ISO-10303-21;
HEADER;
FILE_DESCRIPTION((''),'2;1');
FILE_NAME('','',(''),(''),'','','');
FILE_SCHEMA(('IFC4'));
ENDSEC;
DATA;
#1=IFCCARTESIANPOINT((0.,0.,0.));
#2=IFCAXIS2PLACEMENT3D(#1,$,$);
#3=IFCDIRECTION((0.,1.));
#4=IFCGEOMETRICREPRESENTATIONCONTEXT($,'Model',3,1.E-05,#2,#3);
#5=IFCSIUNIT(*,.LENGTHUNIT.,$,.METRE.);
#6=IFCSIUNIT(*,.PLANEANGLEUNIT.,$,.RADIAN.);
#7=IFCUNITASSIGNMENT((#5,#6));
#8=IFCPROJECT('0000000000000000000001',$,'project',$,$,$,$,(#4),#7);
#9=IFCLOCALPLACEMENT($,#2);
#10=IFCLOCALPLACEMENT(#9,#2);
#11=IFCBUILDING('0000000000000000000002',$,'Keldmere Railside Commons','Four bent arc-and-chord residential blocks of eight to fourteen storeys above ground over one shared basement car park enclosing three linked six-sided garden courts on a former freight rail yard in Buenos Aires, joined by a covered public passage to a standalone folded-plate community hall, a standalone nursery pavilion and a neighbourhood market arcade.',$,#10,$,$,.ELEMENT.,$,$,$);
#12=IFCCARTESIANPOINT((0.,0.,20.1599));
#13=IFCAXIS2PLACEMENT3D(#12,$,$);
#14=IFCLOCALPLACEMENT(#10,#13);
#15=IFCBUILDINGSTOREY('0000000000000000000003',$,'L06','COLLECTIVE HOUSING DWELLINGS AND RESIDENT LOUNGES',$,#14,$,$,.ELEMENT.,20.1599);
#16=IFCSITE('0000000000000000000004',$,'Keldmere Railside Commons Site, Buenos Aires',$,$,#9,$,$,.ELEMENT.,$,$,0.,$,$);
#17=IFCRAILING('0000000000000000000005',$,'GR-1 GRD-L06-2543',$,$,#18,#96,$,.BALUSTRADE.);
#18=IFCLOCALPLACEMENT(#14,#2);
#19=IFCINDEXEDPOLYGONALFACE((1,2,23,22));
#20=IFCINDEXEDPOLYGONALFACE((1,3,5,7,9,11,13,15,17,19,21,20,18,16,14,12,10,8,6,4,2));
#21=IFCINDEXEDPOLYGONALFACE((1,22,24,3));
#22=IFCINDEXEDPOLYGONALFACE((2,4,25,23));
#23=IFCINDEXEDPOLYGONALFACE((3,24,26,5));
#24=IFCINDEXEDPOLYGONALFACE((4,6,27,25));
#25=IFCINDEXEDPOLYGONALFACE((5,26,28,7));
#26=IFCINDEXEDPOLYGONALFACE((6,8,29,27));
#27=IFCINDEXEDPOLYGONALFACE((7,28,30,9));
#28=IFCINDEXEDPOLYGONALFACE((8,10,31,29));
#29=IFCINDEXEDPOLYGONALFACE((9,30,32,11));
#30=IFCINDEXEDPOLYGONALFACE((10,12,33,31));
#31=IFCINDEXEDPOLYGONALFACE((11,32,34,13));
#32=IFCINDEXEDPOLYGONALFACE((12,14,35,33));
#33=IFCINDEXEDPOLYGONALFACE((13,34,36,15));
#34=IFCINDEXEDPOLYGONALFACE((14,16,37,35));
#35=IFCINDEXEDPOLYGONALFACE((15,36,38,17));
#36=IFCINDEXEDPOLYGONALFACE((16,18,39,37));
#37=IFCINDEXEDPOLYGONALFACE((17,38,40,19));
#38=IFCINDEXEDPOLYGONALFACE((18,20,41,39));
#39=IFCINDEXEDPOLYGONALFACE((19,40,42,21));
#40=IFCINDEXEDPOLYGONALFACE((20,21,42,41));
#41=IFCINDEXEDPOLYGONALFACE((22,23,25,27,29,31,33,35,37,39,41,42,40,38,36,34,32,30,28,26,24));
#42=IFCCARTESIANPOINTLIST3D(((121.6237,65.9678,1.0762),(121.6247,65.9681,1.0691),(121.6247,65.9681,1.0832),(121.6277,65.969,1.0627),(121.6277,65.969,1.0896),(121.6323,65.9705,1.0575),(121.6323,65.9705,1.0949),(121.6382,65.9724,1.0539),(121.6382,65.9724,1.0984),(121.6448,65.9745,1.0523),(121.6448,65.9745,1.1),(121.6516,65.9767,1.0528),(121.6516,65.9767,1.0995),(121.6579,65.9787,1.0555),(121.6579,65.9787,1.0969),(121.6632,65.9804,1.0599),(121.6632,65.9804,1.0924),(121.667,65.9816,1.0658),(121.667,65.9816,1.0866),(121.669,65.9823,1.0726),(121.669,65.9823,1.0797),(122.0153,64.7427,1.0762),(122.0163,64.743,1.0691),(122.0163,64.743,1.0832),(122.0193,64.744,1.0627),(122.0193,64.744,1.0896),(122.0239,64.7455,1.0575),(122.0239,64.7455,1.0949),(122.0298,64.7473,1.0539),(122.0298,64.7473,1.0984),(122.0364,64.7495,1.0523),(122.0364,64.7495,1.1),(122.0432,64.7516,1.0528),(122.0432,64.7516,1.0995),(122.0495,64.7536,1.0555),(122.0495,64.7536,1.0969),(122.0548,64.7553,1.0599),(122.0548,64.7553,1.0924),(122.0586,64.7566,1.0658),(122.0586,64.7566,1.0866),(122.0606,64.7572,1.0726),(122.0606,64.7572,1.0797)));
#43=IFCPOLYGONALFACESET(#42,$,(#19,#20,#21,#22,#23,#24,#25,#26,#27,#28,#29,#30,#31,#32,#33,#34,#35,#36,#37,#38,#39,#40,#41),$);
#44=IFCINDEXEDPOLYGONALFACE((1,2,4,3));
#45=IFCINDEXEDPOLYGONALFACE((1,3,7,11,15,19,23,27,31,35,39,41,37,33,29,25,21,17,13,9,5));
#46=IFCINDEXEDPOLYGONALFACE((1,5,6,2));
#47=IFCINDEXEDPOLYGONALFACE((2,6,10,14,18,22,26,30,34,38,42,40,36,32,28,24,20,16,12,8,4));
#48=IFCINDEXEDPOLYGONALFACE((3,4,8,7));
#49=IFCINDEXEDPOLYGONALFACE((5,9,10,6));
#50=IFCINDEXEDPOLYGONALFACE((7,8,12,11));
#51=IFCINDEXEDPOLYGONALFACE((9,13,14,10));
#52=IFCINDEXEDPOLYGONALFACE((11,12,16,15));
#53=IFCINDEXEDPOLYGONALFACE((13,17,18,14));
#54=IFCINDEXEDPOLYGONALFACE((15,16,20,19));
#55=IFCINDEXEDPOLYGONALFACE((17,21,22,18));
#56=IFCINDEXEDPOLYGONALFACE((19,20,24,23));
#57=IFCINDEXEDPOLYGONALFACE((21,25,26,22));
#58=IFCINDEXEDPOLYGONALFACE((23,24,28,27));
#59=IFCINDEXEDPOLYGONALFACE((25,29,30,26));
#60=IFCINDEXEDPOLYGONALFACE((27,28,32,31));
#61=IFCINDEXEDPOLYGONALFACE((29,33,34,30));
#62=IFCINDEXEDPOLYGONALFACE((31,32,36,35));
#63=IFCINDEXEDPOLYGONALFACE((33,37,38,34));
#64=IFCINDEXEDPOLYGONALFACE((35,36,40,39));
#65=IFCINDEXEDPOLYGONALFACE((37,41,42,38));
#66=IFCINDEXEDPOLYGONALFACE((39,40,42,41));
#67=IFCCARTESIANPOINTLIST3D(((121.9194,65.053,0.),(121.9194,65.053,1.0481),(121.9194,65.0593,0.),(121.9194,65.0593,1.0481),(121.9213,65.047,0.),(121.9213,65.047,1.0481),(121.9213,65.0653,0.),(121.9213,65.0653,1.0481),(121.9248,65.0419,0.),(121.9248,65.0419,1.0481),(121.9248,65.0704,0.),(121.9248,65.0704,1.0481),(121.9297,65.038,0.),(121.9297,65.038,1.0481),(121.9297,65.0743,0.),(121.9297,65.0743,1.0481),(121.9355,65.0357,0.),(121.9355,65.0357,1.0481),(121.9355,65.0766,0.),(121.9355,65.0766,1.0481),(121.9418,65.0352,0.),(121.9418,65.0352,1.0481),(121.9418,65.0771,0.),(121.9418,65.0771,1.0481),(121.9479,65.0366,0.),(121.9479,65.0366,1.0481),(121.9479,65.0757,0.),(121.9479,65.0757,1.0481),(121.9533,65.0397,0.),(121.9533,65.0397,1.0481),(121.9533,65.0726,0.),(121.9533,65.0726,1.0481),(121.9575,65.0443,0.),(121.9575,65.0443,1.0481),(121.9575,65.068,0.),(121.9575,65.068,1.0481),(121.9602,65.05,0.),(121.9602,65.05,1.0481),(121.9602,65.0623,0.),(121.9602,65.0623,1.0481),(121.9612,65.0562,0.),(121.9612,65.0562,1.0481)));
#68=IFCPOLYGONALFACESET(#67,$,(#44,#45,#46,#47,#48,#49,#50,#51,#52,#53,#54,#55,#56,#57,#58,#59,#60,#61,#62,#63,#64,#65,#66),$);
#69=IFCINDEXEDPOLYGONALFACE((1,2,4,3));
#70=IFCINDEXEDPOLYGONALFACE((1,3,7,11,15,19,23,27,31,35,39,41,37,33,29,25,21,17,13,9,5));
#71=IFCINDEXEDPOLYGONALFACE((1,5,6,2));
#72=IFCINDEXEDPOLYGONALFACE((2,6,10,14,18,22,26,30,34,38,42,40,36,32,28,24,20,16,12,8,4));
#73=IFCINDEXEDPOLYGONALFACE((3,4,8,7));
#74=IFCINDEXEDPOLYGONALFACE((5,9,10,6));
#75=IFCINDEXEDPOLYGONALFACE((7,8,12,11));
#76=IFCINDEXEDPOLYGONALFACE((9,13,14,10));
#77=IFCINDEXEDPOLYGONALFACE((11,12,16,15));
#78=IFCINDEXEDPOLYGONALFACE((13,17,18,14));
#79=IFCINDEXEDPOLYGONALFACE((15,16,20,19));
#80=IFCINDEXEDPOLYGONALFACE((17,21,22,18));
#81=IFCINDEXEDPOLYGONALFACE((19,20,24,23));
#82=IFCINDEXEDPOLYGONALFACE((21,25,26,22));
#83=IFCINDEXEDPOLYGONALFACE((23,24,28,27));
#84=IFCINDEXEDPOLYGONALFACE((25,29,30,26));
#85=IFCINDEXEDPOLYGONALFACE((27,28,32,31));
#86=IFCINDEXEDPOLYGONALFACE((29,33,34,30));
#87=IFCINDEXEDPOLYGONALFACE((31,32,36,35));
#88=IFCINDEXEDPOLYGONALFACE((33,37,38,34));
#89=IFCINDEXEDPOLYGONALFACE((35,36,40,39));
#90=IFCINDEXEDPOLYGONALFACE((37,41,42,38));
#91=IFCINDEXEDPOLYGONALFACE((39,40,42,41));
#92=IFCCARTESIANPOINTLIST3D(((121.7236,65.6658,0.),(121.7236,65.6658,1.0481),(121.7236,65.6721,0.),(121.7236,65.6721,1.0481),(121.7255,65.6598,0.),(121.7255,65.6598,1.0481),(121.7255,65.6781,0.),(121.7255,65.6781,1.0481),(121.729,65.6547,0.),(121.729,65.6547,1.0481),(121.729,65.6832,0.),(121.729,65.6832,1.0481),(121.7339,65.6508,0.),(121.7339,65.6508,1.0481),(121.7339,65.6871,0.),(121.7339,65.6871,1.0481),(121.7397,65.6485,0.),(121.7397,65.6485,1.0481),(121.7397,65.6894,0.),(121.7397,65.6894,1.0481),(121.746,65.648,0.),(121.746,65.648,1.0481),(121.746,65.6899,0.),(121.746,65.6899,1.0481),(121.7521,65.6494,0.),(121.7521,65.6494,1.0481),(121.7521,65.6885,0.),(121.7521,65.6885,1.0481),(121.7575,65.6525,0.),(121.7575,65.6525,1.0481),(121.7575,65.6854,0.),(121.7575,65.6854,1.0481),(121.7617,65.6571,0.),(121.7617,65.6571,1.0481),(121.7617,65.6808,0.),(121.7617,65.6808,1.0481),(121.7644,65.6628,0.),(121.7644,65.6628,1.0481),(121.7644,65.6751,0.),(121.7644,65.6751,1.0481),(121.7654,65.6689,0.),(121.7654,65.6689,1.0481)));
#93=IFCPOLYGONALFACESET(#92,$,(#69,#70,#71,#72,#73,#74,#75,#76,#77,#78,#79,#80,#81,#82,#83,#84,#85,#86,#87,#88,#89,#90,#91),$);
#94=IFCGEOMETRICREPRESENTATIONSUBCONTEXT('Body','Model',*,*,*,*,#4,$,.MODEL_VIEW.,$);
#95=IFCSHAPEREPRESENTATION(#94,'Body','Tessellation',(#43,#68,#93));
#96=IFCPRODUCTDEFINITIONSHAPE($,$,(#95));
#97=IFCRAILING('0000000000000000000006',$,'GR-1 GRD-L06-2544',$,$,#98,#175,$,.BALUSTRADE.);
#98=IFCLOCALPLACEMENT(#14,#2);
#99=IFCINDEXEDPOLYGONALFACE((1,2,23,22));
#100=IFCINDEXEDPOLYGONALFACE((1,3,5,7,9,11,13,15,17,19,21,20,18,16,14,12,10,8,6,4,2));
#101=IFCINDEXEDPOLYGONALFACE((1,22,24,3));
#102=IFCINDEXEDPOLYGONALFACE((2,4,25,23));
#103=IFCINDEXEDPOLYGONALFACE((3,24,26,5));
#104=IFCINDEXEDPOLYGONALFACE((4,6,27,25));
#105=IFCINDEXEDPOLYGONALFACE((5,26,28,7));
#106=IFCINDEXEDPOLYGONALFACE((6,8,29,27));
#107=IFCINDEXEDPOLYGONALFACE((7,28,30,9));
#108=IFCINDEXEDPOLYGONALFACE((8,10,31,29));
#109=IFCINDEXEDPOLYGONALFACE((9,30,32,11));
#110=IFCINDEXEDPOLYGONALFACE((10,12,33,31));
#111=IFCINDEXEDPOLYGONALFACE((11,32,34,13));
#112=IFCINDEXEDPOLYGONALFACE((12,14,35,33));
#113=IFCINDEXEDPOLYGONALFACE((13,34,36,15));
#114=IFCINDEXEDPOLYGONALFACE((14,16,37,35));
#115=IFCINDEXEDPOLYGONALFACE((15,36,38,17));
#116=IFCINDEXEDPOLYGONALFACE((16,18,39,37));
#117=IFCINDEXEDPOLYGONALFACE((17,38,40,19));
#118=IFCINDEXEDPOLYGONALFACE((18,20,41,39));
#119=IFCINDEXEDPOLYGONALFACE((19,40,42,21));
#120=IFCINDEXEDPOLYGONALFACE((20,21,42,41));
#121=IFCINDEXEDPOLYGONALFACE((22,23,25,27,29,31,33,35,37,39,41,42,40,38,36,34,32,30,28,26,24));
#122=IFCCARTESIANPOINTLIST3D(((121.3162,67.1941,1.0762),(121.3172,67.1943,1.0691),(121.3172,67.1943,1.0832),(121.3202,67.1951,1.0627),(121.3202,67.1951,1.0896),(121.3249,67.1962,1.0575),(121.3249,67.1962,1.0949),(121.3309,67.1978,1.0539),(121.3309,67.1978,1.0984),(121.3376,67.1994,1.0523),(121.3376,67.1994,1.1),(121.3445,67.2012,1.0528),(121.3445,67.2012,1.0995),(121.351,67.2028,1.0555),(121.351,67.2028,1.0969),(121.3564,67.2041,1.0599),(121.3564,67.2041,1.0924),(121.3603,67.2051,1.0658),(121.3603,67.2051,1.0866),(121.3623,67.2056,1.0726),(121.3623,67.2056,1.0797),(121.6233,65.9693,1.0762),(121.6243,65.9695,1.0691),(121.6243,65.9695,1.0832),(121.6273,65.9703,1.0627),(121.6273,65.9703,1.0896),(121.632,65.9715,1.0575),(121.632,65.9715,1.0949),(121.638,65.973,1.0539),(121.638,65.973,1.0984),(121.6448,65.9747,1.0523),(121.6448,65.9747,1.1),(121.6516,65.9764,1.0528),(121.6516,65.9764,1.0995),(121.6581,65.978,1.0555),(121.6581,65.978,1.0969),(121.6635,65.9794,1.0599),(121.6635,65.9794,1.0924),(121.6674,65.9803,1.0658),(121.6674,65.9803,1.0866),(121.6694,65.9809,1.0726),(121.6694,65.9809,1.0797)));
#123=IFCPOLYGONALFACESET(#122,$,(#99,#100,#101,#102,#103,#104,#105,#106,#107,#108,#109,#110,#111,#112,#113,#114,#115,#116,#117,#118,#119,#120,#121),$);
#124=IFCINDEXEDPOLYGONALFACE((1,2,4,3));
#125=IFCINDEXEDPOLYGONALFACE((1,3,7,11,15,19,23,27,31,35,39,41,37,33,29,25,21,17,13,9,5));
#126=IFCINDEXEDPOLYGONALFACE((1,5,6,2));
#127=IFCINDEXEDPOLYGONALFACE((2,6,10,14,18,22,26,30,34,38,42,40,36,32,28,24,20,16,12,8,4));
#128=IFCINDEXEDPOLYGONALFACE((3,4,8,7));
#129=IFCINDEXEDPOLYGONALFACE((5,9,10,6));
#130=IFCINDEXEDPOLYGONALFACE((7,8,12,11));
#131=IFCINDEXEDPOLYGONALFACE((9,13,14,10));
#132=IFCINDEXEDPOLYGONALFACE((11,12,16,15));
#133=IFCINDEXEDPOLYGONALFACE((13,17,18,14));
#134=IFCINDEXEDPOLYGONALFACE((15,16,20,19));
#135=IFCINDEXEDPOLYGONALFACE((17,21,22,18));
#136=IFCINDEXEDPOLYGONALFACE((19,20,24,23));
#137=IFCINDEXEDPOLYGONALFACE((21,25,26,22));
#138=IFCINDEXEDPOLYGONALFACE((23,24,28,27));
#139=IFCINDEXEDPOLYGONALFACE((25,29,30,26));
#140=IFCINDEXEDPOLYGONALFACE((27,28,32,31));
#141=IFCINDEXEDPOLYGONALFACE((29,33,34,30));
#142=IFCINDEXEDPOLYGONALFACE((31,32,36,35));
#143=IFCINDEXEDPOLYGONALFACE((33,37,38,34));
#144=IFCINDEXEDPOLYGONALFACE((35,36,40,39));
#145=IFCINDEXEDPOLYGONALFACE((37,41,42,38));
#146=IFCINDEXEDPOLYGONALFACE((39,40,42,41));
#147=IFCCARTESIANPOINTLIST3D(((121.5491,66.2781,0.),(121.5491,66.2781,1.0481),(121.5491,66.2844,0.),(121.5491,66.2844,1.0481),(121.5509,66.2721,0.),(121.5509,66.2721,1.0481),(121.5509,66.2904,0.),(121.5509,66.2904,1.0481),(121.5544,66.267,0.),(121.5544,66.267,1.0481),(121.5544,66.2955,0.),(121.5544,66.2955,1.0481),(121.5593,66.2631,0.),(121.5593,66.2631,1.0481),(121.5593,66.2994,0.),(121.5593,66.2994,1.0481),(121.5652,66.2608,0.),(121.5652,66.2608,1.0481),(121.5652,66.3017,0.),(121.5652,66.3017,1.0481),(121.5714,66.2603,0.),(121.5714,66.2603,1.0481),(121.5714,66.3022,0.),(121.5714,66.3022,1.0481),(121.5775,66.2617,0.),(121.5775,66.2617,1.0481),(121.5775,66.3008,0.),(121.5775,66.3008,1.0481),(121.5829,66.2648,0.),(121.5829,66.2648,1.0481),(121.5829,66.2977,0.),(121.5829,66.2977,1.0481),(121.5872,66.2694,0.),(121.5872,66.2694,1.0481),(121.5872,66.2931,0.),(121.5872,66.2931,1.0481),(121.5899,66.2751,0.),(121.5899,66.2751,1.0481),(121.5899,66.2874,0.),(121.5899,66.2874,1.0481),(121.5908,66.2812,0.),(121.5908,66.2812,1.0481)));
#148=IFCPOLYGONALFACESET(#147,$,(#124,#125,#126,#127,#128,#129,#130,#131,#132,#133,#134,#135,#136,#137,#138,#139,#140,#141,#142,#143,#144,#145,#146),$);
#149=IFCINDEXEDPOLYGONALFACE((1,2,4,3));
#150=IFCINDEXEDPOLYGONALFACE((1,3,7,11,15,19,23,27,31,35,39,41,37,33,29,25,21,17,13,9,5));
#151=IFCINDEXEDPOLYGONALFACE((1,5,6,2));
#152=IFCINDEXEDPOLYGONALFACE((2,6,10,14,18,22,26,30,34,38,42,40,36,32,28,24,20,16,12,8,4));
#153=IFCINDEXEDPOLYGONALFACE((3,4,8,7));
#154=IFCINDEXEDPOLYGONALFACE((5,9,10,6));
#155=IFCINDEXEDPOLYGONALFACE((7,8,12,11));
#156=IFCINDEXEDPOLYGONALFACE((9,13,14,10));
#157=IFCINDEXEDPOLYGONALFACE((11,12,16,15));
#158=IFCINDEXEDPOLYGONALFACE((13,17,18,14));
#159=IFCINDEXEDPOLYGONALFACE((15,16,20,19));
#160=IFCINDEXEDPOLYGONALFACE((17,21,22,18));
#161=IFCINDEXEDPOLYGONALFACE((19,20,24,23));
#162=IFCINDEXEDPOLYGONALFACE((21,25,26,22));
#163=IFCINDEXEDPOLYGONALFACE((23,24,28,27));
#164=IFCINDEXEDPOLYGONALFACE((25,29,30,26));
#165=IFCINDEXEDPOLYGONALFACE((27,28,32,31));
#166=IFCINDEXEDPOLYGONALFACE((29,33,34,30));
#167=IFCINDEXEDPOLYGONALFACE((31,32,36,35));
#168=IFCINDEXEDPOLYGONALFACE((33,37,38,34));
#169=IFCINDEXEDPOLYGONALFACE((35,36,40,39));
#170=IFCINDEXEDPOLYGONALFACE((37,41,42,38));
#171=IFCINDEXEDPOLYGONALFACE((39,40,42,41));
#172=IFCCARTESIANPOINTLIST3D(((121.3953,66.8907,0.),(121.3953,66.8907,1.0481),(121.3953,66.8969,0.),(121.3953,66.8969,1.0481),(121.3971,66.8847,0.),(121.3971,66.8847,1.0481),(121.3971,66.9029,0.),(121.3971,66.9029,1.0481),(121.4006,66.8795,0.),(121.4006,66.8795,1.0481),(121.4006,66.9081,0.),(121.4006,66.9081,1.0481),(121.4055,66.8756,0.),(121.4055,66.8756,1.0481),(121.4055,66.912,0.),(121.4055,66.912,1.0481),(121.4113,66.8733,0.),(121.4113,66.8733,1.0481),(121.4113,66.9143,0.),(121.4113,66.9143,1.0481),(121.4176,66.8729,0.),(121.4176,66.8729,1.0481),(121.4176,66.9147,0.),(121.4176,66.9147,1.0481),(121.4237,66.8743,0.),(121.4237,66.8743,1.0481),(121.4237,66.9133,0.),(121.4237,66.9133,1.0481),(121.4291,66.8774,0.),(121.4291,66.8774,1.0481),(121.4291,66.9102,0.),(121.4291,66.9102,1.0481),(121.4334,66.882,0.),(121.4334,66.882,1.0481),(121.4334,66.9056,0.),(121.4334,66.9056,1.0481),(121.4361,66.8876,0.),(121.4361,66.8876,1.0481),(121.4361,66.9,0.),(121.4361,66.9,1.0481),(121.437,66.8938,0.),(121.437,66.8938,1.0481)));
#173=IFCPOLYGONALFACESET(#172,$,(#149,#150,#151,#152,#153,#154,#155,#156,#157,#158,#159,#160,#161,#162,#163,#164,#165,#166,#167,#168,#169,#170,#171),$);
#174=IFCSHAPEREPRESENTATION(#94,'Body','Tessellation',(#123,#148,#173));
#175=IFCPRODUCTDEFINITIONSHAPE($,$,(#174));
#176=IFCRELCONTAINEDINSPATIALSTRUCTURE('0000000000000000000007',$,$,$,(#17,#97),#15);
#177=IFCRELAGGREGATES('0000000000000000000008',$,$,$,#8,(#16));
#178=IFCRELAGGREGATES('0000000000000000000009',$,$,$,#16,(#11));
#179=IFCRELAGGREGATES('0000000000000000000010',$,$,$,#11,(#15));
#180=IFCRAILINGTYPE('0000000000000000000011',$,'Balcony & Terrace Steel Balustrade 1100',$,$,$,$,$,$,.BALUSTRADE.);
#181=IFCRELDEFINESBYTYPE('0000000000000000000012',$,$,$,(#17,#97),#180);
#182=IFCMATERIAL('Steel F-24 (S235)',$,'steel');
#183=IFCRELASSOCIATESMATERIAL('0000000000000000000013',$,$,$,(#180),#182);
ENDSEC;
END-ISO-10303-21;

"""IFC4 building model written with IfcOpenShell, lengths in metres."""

from ifc_helpers import new_model, si_unit, direction, frame, origin, origin_2d, place, context, subcontext, project, spatial, circle, extrude, material, type_object, element, save


model = new_model("IFC4")

# Units and contexts
model_context = context("Model", 3, precision=1e-05, world=origin(), true_north=direction((0.0, 1.0)))
body_context = subcontext(model_context, "Body", "Model", "MODEL_VIEW")
ifc_project = project(units=[si_unit("LENGTHUNIT", "METRE"), si_unit("PLANEANGLEUNIT", "RADIAN")], contexts=[model_context])

# Site, building, storey
site_placement = place(None, origin())
site = spatial("IfcSite", under=ifc_project, at=site_placement, Name="Keldmere Railside Commons Site, Buenos Aires", CompositionType="ELEMENT", RefElevation=0.0)
building_placement = place(site_placement, origin())
building = spatial("IfcBuilding", under=site, at=building_placement, Name="Keldmere Railside Commons", Description="Four bent arc-and-chord residential blocks of eight to fourteen storeys above ground over one shared basement car park enclosing three linked six-sided garden courts on a former freight rail yard in Buenos Aires, joined by a covered public passage to a standalone folded-plate community hall, a standalone nursery pavilion and a neighbourhood market arcade.", CompositionType="ELEMENT")
storey_placement = place(building_placement, frame((0.0, 0.0, 20.1599)))
storey = spatial("IfcBuildingStorey", under=building, at=storey_placement, Name="L06", Description="COLLECTIVE HOUSING DWELLINGS AND RESIDENT LOUNGES", CompositionType="ELEMENT", Elevation=20.1599)

# Railings
ifc_material_1 = material(Name="Steel F-24 (S235)", Category="steel")
railing_type_1 = type_object("IfcRailingType", Name="Balcony & Terrace Steel Balustrade 1100", PredefinedType="BALUSTRADE", material=ifc_material_1)
railing_1_placement = place(storey_placement, frame((122.0381, 64.75, 0.0)))
element("IfcRailing", 1, at=railing_1_placement, inside=storey, type_object=railing_type_1, Name="GR-1 GRD-L06-2543", PredefinedType="BALUSTRADE", context=body_context, shape_type="SweptSolid", body=[
    extrude(circle(Radius=0.0239, at=origin_2d()), frame((0.0, 0.0, 1.0762), z_axis=(-0.304473, 0.952521, 0.0), x_axis=(-0.952521, -0.304473, 0.0)), (0.0, 0.0, 1.0), 1.2861),
    extrude(circle(Radius=0.021, at=origin_2d()), frame((-0.0979, 0.3062, 0.0)), (0.0, 0.0, 1.0), 1.0481),
    extrude(circle(Radius=0.021, at=origin_2d()), frame((-0.2937, 0.9189, 0.0)), (0.0, 0.0, 1.0), 1.0481),
])
railing_2_placement = place(storey_placement, frame((121.6465, 65.9751, 0.0)))
element("IfcRailing", 2, at=railing_2_placement, inside=storey, type_object=railing_type_1, Name="GR-1 GRD-L06-2544", PredefinedType="BALUSTRADE", context=body_context, shape_type="SweptSolid", body=[
    extrude(circle(Radius=0.0239, at=origin_2d()), frame((0.0, 0.0, 1.0762), z_axis=(-0.243218, 0.969972, 0.0), x_axis=(-0.969972, -0.243218, 0.0)), (0.0, 0.0, 1.0), 1.2627),
    extrude(circle(Radius=0.021, at=origin_2d()), frame((-0.0767, 0.3062, 0.0)), (0.0, 0.0, 1.0), 1.0481),
    extrude(circle(Radius=0.021, at=origin_2d()), frame((-0.2305, 0.9187, 0.0)), (0.0, 0.0, 1.0), 1.0481),
])

save(model, "model.ifc")
